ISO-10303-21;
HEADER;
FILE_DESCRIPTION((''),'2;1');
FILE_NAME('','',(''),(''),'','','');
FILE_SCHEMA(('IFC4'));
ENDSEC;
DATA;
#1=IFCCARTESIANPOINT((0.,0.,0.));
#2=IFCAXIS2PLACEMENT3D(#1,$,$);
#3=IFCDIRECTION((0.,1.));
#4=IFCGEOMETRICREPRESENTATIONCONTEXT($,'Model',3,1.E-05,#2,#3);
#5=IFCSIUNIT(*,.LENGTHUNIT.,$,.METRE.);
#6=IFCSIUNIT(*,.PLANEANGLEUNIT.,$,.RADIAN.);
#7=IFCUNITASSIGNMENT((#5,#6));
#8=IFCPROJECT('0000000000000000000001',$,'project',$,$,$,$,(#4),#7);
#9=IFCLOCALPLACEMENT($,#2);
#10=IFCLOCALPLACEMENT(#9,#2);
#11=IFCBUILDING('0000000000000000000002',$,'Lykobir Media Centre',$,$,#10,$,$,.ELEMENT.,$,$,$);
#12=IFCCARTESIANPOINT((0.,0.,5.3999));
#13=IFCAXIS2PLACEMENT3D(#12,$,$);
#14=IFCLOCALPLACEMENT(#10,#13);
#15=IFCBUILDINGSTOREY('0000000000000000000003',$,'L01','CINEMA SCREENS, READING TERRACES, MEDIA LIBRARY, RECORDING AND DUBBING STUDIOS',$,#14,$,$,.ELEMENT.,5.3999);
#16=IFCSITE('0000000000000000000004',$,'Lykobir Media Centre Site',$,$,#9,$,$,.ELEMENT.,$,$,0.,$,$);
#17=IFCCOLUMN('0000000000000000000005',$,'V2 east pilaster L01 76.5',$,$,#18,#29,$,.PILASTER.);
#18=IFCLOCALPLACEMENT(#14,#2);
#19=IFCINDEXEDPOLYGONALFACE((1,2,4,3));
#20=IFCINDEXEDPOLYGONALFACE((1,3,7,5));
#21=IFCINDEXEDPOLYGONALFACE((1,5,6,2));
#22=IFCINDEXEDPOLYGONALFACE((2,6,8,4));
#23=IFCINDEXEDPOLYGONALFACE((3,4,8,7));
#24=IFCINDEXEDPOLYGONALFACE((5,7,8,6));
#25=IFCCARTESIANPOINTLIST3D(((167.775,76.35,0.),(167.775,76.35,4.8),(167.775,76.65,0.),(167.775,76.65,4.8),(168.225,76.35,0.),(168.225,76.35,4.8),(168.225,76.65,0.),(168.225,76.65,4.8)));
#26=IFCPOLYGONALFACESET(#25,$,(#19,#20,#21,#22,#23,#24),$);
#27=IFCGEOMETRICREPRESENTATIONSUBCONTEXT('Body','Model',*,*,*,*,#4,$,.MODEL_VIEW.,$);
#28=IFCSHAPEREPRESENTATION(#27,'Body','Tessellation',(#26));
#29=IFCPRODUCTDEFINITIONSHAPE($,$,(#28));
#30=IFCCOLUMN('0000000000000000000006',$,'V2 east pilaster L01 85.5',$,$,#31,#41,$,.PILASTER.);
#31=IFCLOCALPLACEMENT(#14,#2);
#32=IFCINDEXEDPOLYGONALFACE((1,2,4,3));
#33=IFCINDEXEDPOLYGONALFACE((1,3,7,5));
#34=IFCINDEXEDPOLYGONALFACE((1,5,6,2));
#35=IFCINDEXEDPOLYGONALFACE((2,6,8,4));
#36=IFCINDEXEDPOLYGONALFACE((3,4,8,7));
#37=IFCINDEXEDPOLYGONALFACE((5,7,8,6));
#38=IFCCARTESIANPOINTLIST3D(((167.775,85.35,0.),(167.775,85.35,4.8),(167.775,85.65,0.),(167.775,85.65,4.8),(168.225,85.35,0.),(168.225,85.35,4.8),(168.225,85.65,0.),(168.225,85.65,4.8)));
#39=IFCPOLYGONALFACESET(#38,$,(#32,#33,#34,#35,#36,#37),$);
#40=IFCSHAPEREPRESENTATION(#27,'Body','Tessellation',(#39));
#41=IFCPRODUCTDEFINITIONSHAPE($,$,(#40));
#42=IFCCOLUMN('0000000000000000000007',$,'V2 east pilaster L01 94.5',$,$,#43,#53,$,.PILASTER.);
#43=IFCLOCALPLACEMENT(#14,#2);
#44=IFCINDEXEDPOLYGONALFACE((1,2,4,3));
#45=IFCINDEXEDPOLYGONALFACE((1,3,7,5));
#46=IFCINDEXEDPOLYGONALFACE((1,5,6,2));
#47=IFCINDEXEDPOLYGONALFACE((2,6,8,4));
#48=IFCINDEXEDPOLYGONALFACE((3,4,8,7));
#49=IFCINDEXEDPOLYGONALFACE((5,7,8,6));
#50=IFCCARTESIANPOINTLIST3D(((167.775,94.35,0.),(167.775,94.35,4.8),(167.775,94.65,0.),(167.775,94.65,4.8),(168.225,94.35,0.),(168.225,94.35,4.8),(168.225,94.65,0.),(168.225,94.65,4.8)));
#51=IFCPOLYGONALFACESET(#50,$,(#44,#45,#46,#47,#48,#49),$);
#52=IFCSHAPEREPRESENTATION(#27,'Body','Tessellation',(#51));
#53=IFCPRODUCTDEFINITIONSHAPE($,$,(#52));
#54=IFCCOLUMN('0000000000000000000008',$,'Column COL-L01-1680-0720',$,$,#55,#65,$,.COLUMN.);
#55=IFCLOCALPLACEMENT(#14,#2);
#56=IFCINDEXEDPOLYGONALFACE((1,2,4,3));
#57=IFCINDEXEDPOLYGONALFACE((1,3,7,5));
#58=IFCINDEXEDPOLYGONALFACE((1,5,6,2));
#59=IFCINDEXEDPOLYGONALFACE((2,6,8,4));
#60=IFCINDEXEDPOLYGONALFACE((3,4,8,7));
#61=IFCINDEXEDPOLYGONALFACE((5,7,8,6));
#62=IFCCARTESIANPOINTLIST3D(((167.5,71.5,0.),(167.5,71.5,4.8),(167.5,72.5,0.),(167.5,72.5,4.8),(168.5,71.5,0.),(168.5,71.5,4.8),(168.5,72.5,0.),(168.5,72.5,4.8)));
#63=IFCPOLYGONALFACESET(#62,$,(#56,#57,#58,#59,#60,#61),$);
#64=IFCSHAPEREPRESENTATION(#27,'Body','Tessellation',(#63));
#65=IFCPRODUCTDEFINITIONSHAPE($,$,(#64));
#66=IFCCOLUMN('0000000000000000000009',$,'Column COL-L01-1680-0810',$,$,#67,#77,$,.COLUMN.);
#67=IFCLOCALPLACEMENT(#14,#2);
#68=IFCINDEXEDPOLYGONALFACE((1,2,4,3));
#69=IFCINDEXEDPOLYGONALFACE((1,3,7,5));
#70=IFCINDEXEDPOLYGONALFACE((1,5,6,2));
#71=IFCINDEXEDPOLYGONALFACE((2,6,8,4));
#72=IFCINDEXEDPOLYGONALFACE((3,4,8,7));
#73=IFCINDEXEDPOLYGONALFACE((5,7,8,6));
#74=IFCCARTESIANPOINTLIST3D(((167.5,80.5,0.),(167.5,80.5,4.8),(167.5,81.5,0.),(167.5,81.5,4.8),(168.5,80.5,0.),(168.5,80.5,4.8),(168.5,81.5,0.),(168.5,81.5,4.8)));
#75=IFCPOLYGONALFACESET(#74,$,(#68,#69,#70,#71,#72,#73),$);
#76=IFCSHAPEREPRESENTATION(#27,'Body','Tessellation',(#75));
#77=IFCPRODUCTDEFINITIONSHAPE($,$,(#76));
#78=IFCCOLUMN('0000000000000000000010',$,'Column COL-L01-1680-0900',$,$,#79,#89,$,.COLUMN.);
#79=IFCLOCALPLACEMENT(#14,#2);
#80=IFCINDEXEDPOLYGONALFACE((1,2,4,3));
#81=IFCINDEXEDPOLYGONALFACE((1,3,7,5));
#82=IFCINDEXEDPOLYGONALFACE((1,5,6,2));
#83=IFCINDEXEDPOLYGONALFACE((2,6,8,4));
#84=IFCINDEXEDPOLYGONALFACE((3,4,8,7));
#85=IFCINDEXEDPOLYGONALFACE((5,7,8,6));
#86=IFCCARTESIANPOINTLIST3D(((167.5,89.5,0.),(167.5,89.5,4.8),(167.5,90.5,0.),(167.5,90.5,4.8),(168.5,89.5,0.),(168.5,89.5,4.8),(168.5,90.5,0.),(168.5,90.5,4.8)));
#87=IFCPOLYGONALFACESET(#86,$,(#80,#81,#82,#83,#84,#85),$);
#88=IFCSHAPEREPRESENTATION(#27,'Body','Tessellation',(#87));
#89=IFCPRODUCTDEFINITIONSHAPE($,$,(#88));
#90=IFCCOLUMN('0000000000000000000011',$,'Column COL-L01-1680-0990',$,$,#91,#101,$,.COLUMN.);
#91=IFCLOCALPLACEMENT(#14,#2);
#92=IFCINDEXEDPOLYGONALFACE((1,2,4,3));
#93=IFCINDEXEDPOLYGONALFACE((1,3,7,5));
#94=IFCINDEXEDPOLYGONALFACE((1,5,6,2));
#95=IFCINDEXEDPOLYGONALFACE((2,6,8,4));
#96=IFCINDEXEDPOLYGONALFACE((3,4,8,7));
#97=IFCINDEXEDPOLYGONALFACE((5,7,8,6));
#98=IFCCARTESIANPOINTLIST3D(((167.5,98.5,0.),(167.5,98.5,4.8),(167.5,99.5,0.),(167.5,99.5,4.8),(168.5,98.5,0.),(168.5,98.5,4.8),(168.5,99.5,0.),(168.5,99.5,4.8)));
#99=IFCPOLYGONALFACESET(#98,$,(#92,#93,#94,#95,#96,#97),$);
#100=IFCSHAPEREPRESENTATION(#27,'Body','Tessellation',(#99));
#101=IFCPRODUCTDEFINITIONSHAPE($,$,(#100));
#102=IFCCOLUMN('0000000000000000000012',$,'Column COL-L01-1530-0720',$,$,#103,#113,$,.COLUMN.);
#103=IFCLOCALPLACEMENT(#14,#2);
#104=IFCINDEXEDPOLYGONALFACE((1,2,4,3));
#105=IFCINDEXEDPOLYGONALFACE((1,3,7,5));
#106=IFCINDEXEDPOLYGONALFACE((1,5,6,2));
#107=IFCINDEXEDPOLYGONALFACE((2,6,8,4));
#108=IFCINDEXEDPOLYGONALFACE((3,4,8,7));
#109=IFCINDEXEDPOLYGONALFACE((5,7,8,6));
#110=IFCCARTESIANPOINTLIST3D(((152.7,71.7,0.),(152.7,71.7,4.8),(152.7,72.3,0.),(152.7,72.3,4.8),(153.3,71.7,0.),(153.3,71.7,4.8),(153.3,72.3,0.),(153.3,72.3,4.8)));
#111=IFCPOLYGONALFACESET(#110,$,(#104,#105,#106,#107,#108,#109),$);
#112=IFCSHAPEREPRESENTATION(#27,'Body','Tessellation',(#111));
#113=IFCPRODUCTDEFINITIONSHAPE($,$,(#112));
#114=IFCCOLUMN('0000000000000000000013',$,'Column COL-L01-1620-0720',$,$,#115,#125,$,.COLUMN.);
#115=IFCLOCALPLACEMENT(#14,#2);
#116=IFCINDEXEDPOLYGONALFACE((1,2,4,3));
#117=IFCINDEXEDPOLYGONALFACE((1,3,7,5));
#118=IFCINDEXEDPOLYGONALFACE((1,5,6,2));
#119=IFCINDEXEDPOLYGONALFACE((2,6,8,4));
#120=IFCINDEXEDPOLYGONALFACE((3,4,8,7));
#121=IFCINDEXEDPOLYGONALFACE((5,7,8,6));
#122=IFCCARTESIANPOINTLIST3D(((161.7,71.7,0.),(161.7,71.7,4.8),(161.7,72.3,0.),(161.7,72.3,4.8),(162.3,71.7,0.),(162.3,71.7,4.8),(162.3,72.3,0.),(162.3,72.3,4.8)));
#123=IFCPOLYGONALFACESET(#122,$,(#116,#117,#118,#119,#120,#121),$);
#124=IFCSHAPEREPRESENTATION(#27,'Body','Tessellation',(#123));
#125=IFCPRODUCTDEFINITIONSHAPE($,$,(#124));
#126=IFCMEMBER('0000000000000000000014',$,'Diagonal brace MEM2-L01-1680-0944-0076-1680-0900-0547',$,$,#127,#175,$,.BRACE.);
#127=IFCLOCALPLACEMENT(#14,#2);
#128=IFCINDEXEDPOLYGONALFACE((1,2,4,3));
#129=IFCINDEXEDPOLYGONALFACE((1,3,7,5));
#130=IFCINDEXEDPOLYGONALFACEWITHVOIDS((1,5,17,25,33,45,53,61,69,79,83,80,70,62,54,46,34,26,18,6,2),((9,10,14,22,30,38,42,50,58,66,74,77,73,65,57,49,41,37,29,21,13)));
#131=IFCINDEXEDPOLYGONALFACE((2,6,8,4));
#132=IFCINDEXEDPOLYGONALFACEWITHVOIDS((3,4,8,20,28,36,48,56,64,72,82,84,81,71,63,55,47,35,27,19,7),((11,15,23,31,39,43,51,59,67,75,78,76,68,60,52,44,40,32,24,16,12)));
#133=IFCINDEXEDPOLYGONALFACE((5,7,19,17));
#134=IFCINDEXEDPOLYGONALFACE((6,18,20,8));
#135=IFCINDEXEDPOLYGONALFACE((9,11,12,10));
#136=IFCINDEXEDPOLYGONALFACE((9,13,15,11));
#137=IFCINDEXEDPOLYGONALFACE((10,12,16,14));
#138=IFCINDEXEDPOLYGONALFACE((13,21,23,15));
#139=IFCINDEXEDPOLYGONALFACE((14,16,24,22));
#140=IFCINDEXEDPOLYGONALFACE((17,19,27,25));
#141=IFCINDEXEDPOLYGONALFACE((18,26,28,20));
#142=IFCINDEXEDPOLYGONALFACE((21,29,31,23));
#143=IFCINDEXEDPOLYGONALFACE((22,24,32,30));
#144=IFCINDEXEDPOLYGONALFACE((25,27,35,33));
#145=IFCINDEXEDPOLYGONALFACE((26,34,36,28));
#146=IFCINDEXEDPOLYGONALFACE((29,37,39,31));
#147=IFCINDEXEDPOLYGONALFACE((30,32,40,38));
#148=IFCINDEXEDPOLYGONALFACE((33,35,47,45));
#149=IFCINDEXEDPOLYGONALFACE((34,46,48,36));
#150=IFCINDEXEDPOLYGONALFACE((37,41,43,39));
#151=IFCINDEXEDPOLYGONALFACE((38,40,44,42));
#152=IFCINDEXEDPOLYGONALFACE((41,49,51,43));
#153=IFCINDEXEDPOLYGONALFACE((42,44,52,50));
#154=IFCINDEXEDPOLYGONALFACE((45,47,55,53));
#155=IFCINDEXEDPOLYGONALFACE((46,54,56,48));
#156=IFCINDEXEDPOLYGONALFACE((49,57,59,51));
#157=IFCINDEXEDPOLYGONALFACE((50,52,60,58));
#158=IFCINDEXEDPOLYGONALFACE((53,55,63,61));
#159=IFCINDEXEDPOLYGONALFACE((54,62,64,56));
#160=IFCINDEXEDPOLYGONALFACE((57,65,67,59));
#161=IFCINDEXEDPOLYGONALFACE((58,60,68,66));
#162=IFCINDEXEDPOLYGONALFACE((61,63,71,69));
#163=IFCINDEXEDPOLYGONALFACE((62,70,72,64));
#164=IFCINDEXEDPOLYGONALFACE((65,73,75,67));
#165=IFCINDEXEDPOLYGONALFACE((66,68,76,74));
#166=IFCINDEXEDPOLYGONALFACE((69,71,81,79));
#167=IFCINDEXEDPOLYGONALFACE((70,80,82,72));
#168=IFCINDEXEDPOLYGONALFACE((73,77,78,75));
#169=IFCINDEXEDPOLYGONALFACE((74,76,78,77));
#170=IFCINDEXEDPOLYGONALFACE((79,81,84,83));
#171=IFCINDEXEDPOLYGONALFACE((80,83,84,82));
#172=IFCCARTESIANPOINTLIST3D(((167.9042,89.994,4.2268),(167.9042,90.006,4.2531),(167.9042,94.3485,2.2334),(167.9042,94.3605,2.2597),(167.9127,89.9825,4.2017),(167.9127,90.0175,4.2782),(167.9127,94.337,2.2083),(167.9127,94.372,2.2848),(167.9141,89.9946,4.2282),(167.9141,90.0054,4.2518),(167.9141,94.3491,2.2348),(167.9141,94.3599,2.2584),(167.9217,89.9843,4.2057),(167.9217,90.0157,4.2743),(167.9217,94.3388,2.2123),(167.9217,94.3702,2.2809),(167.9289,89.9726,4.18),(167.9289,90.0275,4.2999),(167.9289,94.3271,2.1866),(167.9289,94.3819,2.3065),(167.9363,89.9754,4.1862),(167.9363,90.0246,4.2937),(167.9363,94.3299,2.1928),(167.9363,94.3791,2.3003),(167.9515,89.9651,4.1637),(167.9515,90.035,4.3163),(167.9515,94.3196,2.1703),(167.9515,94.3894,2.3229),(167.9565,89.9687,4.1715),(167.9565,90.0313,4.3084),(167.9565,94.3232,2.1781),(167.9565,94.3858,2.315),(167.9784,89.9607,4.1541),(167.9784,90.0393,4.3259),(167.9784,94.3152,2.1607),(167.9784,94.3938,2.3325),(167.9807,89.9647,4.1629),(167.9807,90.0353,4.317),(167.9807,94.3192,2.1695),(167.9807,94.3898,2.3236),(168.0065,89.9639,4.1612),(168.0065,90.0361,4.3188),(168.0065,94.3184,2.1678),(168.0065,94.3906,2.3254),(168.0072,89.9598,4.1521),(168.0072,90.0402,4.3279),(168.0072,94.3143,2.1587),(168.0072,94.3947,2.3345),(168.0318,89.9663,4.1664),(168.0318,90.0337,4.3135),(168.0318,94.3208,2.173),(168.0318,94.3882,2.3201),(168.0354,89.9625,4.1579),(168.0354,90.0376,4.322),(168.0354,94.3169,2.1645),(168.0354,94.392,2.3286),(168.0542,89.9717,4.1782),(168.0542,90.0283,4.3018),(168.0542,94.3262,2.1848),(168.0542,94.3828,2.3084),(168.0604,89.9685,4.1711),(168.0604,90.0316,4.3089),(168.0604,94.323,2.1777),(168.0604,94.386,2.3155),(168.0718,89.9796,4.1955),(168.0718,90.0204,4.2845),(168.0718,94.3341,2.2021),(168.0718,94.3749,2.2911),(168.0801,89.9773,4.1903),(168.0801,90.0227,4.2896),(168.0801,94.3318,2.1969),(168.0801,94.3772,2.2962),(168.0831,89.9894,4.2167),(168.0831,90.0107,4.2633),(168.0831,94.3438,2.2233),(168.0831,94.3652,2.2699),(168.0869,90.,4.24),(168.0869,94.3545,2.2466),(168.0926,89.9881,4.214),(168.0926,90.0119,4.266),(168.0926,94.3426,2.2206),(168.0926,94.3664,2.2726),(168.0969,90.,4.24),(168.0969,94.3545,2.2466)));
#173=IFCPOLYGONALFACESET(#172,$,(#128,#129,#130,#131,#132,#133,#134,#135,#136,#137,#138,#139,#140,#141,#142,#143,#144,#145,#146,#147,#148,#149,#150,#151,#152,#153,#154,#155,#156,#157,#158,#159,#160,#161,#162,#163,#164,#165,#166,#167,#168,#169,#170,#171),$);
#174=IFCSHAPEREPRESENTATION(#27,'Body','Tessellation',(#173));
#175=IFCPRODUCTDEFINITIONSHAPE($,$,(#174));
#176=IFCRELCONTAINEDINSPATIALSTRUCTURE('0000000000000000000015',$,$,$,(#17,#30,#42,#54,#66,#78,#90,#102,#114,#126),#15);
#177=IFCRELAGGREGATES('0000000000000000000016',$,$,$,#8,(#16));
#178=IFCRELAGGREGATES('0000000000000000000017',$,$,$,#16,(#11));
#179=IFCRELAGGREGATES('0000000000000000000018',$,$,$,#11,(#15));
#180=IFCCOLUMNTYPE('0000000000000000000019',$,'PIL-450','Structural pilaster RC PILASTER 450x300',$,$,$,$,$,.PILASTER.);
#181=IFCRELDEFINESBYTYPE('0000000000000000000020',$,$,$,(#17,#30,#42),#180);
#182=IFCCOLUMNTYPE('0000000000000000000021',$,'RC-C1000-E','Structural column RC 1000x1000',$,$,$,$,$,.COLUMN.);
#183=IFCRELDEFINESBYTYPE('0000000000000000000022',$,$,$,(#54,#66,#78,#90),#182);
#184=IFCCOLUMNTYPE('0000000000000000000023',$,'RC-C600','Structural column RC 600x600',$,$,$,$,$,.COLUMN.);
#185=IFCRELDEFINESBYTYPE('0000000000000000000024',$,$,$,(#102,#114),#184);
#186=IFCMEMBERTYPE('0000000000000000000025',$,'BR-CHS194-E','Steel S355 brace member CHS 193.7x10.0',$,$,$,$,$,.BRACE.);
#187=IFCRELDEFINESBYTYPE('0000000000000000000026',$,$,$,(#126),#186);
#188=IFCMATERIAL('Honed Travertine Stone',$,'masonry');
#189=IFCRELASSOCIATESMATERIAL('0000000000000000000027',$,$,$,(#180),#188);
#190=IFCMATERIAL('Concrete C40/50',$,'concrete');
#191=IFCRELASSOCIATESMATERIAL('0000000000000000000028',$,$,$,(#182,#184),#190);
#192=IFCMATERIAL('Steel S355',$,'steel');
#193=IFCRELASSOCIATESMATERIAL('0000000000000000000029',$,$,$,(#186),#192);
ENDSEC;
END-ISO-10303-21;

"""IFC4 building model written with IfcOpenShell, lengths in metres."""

from ifc_helpers import new_model, si_unit, direction, frame, origin, origin_2d, place, context, subcontext, project, spatial, rectangle, hollow_circle, extrude, material, material_profile, profile_set, type_object, element, save


model = new_model("IFC4")

# Units and contexts
model_context = context("Model", 3, precision=1e-05, world=origin(), true_north=direction((0.0, 1.0)))
body_context = subcontext(model_context, "Body", "Model", "MODEL_VIEW")
ifc_project = project(units=[si_unit("LENGTHUNIT", "METRE"), si_unit("PLANEANGLEUNIT", "RADIAN")], contexts=[model_context])

# Site, building, storey
site_placement = place(None, origin())
site = spatial("IfcSite", under=ifc_project, at=site_placement, Name="Lykobir Media Centre Site", CompositionType="ELEMENT", RefElevation=0.0)
building_placement = place(site_placement, origin())
building = spatial("IfcBuilding", under=site, at=building_placement, Name="Lykobir Media Centre", CompositionType="ELEMENT")
storey_placement = place(building_placement, frame((0.0, 0.0, 5.3999)))
storey = spatial("IfcBuildingStorey", under=building, at=storey_placement, Name="L01", Description="CINEMA SCREENS, READING TERRACES, MEDIA LIBRARY, RECORDING AND DUBBING STUDIOS", CompositionType="ELEMENT", Elevation=5.3999)

# Columns
ifc_material_1 = material(Name="Honed Travertine Stone", Category="masonry")
ifc_material_profile_1 = material_profile(ifc_material_1, rectangle(XDim=0.3, YDim=0.45, at=origin_2d()), Name="RC PILASTER 450x300")
ifc_profile_set_1 = profile_set([ifc_material_profile_1], Name="Honed Travertine Stone")
column_type_1 = type_object("IfcColumnType", Name="PIL-450", Description="Structural pilaster RC PILASTER 450x300", PredefinedType="PILASTER", material=ifc_profile_set_1)
for number, where, z_axis, x_axis, name in (
    (1, (168.0, 76.5, 0.0), (0.0, 0.0, 1.0), (0.0, 1.0, 0.0), "V2 east pilaster L01 76.5"),
    (2, (168.0, 85.5, 0.0), (0.0, 0.0, 1.0), (0.0, 1.0, 0.0), "V2 east pilaster L01 85.5"),
    (3, (168.0, 94.5, 0.0), (0.0, 0.0, 1.0), (0.0, 1.0, 0.0), "V2 east pilaster L01 94.5"),
):
    element("IfcColumn", number, at=place(storey_placement, frame(where, z_axis=z_axis, x_axis=x_axis)), inside=storey, type_object=column_type_1, Name=name, PredefinedType="PILASTER", context=body_context, shape_type="SweptSolid", body=[
        extrude(rectangle(XDim=0.3, YDim=0.45, at=origin_2d()), origin(), (0.0, 0.0, 1.0), 4.8),
    ])
ifc_material_2 = material(Name="Concrete C40/50", Category="concrete")
ifc_material_profile_2 = material_profile(ifc_material_2, rectangle(XDim=1.0, YDim=1.0, at=origin_2d()), Name="RC 1000x1000")
ifc_profile_set_2 = profile_set([ifc_material_profile_2], Name="Concrete C40/50")
column_type_2 = type_object("IfcColumnType", Name="RC-C1000-E", Description="Structural column RC 1000x1000", PredefinedType="COLUMN", material=ifc_profile_set_2)
for number, where, z_axis, x_axis, name in (
    (4, (168.0, 72.0, 0.0), (0.0, 0.0, 1.0), (1.0, 0.0, 0.0), "Column COL-L01-1680-0720"),
    (5, (168.0, 81.0, 0.0), (0.0, 0.0, 1.0), (1.0, 0.0, 0.0), "Column COL-L01-1680-0810"),
    (6, (168.0, 90.0, 0.0), (0.0, 0.0, 1.0), (1.0, 0.0, 0.0), "Column COL-L01-1680-0900"),
    (7, (168.0, 99.0, 0.0), (0.0, 0.0, 1.0), (1.0, 0.0, 0.0), "Column COL-L01-1680-0990"),
):
    element("IfcColumn", number, at=place(storey_placement, frame(where, z_axis=z_axis, x_axis=x_axis)), inside=storey, type_object=column_type_2, Name=name, PredefinedType="COLUMN", context=body_context, shape_type="SweptSolid", body=[
        extrude(rectangle(XDim=1.0, YDim=1.0, at=origin_2d()), origin(), (0.0, 0.0, 1.0), 4.8),
    ])
ifc_material_profile_3 = material_profile(ifc_material_2, rectangle(XDim=0.6001, YDim=0.6001, at=origin_2d()), Name="RC 600x600")
ifc_profile_set_3 = profile_set([ifc_material_profile_3], Name="Concrete C40/50")
column_type_3 = type_object("IfcColumnType", Name="RC-C600", Description="Structural column RC 600x600", PredefinedType="COLUMN", material=ifc_profile_set_3)
for number, where, z_axis, x_axis, name in (
    (8, (153.0, 72.0, 0.0), (0.0, 0.0, 1.0), (1.0, 0.0, 0.0), "Column COL-L01-1530-0720"),
    (9, (162.0, 72.0, 0.0), (0.0, 0.0, 1.0), (1.0, 0.0, 0.0), "Column COL-L01-1620-0720"),
):
    element("IfcColumn", number, at=place(storey_placement, frame(where, z_axis=z_axis, x_axis=x_axis)), inside=storey, type_object=column_type_3, Name=name, PredefinedType="COLUMN", context=body_context, shape_type="SweptSolid", body=[
        extrude(rectangle(XDim=0.6001, YDim=0.6001, at=origin_2d()), origin(), (0.0, 0.0, 1.0), 4.8),
    ])

# Member
ifc_material_3 = material(Name="Steel S355", Category="steel")
ifc_material_profile_4 = material_profile(ifc_material_3, hollow_circle(Radius=0.0969, WallThickness=0.01, at=origin_2d()), Name="CHS 193.7x10.0")
ifc_profile_set_4 = profile_set([ifc_material_profile_4], Name="Steel S355")
member_type_1 = type_object("IfcMemberType", Name="BR-CHS194-E", Description="Steel S355 brace member CHS 193.7x10.0", PredefinedType="BRACE", material=ifc_profile_set_4)
member_1_placement = place(storey_placement, frame((168.0, 94.3545, 2.2466), z_axis=(0.0, -0.909255, 0.41624), x_axis=(1.0, 0.0, 0.0)))
element("IfcMember", 10, at=member_1_placement, inside=storey, type_object=member_type_1, Name="Diagonal brace MEM2-L01-1680-0944-0076-1680-0900-0547", PredefinedType="BRACE", context=body_context, shape_type="SweptSolid", body=[
    extrude(hollow_circle(Radius=0.0969, WallThickness=0.01, at=origin_2d()), origin(), (0.0, 0.0, 1.0), 4.7891),
])

save(model, "model.ifc")
